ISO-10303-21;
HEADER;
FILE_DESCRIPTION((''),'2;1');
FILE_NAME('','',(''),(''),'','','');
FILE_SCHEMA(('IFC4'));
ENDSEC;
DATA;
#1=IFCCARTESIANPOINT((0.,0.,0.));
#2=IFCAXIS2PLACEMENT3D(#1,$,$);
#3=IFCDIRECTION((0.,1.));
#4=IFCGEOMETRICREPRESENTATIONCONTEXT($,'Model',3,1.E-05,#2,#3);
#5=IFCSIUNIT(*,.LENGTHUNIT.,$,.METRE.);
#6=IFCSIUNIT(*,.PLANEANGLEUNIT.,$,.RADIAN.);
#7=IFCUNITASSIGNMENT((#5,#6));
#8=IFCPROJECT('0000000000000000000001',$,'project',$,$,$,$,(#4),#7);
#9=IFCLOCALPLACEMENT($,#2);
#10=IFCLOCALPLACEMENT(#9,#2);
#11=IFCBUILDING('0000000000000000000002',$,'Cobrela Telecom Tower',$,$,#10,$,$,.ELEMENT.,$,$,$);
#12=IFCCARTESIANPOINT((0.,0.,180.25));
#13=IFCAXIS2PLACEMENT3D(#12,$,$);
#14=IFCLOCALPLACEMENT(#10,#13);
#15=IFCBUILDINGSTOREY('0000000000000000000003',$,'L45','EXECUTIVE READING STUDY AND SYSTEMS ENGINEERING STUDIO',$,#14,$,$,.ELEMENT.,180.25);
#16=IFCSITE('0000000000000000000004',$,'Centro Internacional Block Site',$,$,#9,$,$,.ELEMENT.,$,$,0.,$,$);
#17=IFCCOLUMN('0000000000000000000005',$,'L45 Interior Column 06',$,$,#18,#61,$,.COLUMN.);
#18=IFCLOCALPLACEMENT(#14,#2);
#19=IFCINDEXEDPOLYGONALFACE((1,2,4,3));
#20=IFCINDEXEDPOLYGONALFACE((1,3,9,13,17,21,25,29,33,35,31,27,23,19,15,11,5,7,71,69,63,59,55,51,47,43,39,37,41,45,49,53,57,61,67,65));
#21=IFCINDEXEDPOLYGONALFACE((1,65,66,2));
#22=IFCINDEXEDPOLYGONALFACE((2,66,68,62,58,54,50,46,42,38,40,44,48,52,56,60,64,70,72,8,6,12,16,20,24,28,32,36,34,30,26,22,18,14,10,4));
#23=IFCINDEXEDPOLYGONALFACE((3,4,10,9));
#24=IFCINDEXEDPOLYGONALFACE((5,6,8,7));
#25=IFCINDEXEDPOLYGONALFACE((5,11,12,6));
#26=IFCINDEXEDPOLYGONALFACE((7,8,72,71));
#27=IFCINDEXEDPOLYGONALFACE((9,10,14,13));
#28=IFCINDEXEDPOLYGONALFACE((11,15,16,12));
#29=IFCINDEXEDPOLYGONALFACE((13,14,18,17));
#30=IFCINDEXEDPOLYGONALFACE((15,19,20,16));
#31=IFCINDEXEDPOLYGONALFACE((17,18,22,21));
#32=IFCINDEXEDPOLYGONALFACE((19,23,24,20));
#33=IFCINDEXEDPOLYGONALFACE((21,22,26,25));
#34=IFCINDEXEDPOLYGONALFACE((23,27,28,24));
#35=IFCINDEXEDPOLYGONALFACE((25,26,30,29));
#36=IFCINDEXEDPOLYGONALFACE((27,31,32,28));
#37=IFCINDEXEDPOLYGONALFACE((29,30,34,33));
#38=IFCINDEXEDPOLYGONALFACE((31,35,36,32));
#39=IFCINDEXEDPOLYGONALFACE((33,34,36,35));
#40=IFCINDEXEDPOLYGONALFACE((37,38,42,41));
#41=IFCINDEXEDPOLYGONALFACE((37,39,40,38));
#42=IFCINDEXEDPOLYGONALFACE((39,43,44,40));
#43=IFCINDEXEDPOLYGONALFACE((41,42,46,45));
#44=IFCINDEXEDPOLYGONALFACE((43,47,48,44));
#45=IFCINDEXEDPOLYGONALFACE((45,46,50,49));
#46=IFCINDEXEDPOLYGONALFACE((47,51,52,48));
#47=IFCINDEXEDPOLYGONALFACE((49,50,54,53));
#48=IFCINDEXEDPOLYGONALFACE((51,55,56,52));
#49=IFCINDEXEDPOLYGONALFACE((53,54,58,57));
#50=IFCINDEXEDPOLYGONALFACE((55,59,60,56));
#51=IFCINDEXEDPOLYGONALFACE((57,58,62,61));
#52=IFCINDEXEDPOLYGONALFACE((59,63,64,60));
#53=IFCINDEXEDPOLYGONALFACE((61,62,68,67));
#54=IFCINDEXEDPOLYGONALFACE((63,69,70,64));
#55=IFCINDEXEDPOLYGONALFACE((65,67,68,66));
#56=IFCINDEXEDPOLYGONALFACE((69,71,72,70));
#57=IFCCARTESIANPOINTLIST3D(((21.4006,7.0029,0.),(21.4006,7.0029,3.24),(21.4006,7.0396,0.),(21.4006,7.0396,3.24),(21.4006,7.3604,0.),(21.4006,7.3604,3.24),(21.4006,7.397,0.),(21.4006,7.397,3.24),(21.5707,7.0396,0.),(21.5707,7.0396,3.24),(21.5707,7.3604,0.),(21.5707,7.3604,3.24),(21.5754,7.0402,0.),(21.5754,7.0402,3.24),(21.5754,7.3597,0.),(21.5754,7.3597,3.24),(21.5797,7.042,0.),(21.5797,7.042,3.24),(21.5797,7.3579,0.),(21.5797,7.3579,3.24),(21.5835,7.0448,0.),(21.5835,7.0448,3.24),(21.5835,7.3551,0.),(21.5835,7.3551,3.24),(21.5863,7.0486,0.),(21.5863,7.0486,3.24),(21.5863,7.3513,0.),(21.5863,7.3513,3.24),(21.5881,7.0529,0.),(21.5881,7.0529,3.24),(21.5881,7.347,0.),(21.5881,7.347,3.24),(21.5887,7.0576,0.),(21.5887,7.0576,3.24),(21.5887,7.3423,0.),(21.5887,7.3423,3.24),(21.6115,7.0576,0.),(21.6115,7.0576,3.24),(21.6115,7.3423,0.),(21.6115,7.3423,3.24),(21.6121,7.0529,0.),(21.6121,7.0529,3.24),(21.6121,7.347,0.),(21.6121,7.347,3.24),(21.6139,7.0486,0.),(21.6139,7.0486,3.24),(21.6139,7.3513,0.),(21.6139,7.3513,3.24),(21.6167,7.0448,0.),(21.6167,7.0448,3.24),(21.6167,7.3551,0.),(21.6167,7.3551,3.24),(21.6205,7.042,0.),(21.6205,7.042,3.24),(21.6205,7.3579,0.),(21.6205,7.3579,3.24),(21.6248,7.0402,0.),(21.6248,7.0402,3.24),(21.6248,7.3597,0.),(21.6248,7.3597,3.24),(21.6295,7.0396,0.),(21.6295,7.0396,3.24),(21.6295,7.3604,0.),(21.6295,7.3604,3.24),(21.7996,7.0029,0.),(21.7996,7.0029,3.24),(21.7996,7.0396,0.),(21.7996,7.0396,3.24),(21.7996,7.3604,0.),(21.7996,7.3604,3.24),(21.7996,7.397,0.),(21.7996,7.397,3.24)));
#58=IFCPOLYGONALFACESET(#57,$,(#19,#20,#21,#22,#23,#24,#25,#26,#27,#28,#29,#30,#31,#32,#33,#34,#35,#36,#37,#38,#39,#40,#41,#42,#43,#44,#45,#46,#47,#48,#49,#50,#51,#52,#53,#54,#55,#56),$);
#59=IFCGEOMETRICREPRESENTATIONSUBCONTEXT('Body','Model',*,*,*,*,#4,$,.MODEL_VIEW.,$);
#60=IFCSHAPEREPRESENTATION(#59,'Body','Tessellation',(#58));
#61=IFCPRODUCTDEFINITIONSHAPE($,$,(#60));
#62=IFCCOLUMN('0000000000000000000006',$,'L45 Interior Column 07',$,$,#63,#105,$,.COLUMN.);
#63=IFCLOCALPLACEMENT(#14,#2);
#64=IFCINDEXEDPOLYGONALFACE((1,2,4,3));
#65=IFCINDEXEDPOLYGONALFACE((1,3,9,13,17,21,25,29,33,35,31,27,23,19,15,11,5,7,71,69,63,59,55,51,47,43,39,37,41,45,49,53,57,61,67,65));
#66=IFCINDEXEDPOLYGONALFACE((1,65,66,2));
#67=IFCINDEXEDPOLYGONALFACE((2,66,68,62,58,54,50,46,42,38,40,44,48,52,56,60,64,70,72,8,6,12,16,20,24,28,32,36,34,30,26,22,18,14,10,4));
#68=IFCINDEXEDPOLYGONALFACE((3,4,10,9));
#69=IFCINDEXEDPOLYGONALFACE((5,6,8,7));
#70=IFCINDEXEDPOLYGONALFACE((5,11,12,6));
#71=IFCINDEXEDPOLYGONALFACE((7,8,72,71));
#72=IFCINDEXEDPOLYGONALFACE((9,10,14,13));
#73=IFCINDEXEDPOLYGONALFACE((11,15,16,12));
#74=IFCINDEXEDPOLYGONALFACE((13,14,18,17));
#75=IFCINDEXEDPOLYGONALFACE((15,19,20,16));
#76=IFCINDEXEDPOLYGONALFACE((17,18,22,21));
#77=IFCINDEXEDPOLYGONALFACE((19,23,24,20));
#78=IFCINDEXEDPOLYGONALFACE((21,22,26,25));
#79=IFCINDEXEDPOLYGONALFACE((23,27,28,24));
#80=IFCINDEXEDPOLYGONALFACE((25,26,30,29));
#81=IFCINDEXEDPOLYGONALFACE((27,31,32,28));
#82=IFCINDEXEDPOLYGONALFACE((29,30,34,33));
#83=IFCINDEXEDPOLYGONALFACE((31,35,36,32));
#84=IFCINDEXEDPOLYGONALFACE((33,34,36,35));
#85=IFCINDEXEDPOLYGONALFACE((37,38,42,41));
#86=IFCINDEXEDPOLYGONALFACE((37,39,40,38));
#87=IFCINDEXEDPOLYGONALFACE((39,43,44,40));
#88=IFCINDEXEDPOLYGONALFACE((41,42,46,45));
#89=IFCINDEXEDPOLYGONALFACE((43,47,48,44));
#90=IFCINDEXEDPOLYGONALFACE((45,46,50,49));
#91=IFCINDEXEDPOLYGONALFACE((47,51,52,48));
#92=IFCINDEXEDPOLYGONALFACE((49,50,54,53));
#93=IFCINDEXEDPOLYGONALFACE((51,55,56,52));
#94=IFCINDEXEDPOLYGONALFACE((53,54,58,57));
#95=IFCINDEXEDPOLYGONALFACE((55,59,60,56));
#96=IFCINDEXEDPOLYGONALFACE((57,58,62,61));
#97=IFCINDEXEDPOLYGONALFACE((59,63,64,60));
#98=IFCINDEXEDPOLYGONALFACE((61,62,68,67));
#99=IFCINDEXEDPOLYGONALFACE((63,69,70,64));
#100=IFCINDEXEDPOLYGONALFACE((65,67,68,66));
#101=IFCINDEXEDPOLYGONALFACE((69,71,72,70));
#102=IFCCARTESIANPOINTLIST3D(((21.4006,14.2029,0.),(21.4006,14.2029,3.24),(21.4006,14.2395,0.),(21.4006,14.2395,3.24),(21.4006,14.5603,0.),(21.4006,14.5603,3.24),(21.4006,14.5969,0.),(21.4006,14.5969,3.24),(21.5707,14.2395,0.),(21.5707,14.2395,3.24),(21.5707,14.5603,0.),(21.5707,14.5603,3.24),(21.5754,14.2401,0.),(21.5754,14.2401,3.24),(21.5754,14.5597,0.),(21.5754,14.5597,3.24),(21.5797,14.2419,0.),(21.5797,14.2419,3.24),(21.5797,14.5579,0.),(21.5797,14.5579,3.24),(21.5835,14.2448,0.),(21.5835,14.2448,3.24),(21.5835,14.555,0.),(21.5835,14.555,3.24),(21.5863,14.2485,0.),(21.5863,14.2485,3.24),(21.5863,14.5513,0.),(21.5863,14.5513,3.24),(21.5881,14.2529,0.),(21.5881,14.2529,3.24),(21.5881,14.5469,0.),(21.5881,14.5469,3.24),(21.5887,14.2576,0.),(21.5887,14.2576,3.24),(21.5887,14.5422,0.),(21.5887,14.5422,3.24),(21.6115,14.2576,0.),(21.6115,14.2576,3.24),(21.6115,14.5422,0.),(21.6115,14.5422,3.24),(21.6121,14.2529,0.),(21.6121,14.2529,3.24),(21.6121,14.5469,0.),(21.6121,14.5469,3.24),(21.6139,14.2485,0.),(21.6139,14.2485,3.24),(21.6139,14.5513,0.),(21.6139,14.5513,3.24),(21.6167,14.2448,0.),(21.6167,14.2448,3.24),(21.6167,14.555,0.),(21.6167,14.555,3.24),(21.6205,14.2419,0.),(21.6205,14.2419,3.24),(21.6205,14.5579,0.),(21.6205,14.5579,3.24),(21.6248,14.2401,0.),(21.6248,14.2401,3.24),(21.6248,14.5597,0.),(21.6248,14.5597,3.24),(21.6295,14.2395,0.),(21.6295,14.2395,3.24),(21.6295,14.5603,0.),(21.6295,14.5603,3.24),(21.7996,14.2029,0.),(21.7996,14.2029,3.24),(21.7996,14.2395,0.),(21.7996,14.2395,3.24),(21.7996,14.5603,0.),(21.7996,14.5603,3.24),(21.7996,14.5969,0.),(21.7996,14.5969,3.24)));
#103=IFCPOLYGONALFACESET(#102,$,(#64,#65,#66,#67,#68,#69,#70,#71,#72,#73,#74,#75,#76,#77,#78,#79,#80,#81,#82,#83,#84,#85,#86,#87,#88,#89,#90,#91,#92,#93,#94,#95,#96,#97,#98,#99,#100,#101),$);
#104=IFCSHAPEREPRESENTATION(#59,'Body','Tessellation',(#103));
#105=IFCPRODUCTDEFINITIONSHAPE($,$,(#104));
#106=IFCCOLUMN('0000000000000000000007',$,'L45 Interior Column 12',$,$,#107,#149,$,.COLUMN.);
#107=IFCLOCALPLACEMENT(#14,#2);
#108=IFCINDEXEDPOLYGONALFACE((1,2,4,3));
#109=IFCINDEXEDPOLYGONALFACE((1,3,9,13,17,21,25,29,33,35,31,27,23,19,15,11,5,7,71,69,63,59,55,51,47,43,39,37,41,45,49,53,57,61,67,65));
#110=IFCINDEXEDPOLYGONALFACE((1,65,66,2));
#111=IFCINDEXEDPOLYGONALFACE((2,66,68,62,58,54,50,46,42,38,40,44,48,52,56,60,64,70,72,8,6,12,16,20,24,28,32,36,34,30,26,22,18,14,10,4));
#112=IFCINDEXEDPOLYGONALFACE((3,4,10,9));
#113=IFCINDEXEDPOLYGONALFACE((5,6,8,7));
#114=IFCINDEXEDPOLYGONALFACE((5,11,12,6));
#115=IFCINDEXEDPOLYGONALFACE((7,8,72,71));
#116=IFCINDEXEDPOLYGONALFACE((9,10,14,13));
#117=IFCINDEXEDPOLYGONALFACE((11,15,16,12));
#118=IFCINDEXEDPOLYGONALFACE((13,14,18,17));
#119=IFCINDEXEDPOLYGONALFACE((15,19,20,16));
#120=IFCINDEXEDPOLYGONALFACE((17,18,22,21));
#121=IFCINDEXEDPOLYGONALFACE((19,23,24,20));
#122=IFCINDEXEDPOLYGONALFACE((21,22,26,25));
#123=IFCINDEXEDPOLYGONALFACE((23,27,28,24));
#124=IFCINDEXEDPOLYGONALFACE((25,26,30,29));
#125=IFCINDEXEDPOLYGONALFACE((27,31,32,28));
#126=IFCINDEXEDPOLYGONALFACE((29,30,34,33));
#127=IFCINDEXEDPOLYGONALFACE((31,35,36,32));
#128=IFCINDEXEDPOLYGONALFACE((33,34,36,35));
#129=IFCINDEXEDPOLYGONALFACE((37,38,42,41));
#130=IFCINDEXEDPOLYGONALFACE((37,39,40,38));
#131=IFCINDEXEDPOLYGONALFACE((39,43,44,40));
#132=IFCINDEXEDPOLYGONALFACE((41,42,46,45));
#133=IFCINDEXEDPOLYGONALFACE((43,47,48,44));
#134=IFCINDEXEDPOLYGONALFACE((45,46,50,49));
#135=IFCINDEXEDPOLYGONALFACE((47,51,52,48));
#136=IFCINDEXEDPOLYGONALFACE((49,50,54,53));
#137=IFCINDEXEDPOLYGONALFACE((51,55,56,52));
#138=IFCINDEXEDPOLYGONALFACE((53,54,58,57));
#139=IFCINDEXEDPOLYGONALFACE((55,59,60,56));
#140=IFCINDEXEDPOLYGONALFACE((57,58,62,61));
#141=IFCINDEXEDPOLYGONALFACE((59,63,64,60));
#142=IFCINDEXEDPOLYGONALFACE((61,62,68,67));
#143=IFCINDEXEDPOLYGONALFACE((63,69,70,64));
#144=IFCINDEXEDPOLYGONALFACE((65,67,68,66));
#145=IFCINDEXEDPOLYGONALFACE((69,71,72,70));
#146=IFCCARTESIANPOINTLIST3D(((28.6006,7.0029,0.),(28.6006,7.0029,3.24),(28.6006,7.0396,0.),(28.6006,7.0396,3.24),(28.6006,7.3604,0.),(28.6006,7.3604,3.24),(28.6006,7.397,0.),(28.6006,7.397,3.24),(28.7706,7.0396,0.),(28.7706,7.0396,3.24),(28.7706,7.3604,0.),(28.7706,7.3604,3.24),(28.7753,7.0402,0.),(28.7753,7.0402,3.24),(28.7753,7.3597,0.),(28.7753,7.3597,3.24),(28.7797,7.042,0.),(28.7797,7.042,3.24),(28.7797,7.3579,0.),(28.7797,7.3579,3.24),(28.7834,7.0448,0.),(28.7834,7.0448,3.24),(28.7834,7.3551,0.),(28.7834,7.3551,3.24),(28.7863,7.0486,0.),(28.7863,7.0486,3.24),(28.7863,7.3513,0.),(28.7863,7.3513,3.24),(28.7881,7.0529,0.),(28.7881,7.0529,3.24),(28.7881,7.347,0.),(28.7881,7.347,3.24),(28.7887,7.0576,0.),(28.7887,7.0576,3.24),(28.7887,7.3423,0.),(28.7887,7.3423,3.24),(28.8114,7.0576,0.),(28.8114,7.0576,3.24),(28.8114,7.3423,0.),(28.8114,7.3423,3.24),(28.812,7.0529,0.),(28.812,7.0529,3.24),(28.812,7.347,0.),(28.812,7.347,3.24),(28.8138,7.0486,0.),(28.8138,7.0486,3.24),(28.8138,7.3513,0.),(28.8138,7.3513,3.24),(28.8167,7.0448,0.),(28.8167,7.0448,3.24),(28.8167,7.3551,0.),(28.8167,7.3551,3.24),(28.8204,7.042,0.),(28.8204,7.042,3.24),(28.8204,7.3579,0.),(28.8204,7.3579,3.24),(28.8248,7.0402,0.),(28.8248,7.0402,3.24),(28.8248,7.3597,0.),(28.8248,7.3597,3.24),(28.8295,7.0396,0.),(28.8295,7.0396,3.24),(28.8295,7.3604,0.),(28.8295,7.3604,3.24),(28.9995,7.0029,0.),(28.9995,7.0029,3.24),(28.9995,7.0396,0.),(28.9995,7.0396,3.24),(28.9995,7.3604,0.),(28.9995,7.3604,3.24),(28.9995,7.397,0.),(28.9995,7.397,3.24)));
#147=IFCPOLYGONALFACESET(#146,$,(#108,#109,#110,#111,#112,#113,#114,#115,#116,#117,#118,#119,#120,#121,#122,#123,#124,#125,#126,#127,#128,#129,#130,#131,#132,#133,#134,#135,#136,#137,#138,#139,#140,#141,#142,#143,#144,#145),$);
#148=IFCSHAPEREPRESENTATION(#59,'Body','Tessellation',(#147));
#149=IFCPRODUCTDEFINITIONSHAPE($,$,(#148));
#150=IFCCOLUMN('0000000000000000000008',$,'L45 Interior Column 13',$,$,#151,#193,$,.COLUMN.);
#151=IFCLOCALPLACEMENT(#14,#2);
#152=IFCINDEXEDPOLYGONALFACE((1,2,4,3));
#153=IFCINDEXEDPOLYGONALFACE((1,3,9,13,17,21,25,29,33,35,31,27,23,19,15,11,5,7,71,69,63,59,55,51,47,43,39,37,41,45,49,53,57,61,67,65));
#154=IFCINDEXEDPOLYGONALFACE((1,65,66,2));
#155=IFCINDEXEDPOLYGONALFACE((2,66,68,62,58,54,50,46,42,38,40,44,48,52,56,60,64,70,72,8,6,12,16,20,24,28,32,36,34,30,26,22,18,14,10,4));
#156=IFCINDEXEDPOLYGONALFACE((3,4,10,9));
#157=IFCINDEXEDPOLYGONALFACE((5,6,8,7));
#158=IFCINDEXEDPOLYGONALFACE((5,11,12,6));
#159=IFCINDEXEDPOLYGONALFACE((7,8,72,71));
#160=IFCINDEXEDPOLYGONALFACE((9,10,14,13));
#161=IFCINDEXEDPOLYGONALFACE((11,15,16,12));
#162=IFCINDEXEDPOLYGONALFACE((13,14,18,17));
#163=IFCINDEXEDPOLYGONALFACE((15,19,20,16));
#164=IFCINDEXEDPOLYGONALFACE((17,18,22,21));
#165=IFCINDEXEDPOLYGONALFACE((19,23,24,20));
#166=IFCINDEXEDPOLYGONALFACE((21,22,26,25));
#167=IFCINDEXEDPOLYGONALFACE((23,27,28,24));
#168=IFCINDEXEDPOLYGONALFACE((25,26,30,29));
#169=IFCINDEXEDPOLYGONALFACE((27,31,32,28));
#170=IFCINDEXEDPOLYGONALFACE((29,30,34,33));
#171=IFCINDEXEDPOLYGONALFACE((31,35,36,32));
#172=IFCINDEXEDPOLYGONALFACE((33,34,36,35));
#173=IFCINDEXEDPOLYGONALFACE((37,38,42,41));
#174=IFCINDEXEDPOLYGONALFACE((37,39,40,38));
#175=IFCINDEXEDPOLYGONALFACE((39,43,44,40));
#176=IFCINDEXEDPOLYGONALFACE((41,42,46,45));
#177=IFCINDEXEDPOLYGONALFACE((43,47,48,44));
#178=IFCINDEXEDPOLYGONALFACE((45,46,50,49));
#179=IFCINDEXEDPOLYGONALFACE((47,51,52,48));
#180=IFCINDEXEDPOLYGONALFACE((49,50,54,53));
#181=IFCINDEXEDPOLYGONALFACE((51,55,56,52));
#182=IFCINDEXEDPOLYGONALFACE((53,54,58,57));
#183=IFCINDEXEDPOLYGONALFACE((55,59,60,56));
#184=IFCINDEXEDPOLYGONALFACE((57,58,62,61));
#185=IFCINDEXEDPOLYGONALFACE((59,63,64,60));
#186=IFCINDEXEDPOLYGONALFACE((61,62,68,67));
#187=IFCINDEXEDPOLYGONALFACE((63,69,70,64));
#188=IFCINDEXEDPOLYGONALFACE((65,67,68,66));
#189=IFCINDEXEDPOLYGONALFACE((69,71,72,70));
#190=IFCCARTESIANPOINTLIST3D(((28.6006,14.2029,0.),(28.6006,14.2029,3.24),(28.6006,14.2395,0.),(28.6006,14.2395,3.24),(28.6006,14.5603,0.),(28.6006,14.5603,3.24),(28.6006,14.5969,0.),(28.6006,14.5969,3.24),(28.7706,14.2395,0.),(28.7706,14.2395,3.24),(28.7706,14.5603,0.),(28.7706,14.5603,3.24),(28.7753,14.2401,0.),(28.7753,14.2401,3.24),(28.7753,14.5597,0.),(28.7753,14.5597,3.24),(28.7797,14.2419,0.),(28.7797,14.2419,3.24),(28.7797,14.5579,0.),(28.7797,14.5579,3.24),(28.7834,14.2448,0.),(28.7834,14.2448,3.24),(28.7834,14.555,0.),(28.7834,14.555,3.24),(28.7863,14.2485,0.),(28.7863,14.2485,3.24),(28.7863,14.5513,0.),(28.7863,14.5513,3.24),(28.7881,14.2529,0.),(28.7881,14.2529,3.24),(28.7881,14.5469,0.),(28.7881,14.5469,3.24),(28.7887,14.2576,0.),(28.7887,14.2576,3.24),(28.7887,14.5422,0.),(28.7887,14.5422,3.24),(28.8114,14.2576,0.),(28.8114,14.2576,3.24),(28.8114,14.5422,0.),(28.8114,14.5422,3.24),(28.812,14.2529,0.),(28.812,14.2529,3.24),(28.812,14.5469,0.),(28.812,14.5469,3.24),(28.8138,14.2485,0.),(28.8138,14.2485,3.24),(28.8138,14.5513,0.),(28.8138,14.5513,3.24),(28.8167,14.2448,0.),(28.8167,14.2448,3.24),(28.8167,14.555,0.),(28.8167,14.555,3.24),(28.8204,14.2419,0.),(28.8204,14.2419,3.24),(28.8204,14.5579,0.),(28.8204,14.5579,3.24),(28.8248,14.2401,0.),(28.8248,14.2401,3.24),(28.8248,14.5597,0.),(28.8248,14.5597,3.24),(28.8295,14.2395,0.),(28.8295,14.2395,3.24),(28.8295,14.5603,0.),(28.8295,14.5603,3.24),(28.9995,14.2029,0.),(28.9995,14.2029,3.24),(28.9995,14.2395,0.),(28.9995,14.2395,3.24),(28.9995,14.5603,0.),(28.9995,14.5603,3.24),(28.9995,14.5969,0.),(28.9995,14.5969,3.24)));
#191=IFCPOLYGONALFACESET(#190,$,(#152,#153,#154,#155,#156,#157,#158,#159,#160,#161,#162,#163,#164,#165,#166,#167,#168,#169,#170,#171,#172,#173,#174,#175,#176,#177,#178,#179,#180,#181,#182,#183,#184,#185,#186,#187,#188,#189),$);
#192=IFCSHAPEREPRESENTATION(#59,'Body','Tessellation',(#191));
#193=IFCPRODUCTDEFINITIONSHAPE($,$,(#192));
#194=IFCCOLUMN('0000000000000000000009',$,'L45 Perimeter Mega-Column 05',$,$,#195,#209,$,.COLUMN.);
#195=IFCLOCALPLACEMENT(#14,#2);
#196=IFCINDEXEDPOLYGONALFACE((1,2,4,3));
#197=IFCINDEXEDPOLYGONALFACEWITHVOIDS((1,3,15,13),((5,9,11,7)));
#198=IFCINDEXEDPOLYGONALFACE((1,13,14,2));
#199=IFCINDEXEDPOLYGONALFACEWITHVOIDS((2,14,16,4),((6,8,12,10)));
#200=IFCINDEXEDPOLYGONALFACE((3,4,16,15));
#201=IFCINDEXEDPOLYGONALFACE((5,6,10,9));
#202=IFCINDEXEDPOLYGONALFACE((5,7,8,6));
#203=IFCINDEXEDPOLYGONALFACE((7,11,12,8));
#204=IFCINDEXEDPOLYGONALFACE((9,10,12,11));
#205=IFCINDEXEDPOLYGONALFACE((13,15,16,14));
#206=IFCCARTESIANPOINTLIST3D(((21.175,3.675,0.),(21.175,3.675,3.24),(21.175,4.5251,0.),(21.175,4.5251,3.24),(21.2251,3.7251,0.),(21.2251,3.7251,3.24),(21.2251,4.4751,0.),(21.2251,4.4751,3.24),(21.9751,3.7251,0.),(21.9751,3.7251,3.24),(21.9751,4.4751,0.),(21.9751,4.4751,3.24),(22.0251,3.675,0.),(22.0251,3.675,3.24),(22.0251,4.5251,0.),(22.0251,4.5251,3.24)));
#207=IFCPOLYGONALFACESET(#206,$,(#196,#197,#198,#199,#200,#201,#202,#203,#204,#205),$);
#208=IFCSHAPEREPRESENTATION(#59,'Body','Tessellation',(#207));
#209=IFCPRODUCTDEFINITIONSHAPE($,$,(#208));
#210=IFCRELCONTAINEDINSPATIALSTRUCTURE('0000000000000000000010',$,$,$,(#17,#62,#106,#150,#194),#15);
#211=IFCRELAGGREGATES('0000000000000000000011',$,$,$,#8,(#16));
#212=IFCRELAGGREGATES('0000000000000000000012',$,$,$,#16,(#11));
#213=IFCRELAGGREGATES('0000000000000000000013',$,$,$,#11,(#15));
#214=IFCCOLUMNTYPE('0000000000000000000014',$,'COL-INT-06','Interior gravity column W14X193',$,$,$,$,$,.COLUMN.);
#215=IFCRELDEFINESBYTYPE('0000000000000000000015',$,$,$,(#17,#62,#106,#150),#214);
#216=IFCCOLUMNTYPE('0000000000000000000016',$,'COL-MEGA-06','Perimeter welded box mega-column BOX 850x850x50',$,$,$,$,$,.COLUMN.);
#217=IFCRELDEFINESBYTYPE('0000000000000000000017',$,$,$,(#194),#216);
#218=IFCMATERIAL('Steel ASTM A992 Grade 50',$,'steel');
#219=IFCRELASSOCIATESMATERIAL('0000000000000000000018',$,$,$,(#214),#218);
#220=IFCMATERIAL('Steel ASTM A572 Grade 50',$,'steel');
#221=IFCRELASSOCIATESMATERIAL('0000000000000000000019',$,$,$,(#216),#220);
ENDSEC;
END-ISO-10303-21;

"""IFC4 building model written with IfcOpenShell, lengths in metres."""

from ifc_helpers import new_model, si_unit, direction, frame, origin, origin_2d, place, context, subcontext, project, spatial, hollow_rectangle, i_section, extrude, material, material_profile, profile_set, type_object, element, save


model = new_model("IFC4")

# Units and contexts
model_context = context("Model", 3, precision=1e-05, world=origin(), true_north=direction((0.0, 1.0)))
body_context = subcontext(model_context, "Body", "Model", "MODEL_VIEW")
ifc_project = project(units=[si_unit("LENGTHUNIT", "METRE"), si_unit("PLANEANGLEUNIT", "RADIAN")], contexts=[model_context])

# Site, building, storey
site_placement = place(None, origin())
site = spatial("IfcSite", under=ifc_project, at=site_placement, Name="Centro Internacional Block Site", CompositionType="ELEMENT", RefElevation=0.0)
building_placement = place(site_placement, origin())
building = spatial("IfcBuilding", under=site, at=building_placement, Name="Cobrela Telecom Tower", CompositionType="ELEMENT")
storey_placement = place(building_placement, frame((0.0, 0.0, 180.25)))
storey = spatial("IfcBuildingStorey", under=building, at=storey_placement, Name="L45", Description="EXECUTIVE READING STUDY AND SYSTEMS ENGINEERING STUDIO", CompositionType="ELEMENT", Elevation=180.25)

# Columns
ifc_material_1 = material(Name="Steel ASTM A992 Grade 50", Category="steel")
ifc_material_profile_1 = material_profile(ifc_material_1, i_section(OverallWidth=0.3989, OverallDepth=0.394, WebThickness=0.0227, FlangeThickness=0.0366, FilletRadius=0.0181, at=origin_2d()), Name="W14X193")
ifc_profile_set_1 = profile_set([ifc_material_profile_1], Name="Steel ASTM A992 Grade 50")
column_type_1 = type_object("IfcColumnType", Name="COL-INT-06", Description="Interior gravity column W14X193", PredefinedType="COLUMN", material=ifc_profile_set_1)
for number, where, z_axis, x_axis, name in (
    (1, (21.6001, 7.2, 0.0), (0.0, 0.0, 1.0), (1.0, 0.0, 0.0), "L45 Interior Column 06"),
    (2, (21.6001, 14.3999, 0.0), (0.0, 0.0, 1.0), (1.0, 0.0, 0.0), "L45 Interior Column 07"),
    (3, (28.8, 7.2, 0.0), (0.0, 0.0, 1.0), (1.0, 0.0, 0.0), "L45 Interior Column 12"),
    (4, (28.8, 14.3999, 0.0), (0.0, 0.0, 1.0), (1.0, 0.0, 0.0), "L45 Interior Column 13"),
):
    element("IfcColumn", number, at=place(storey_placement, frame(where, z_axis=z_axis, x_axis=x_axis)), inside=storey, type_object=column_type_1, Name=name, PredefinedType="COLUMN", context=body_context, shape_type="SweptSolid", body=[
        extrude(i_section(OverallWidth=0.3989, OverallDepth=0.394, WebThickness=0.0227, FlangeThickness=0.0366, FilletRadius=0.0181, at=origin_2d()), origin(), (0.0, 0.0, 1.0), 3.24),
    ])
ifc_material_2 = material(Name="Steel ASTM A572 Grade 50", Category="steel")
ifc_material_profile_2 = material_profile(ifc_material_2, hollow_rectangle(XDim=0.8501, YDim=0.8501, WallThickness=0.05, at=origin_2d()), Name="BOX 850x850x50")
ifc_profile_set_2 = profile_set([ifc_material_profile_2], Name="Steel ASTM A572 Grade 50")
column_type_2 = type_object("IfcColumnType", Name="COL-MEGA-06", Description="Perimeter welded box mega-column BOX 850x850x50", PredefinedType="COLUMN", material=ifc_profile_set_2)
for number, where, z_axis, x_axis, name in (
    (5, (21.6001, 4.1001, 0.0), (0.0, 0.0, 1.0), (1.0, 0.0, 0.0), "L45 Perimeter Mega-Column 05"),
):
    element("IfcColumn", number, at=place(storey_placement, frame(where, z_axis=z_axis, x_axis=x_axis)), inside=storey, type_object=column_type_2, Name=name, PredefinedType="COLUMN", context=body_context, shape_type="SweptSolid", body=[
        extrude(hollow_rectangle(XDim=0.8501, YDim=0.8501, WallThickness=0.05, at=origin_2d()), origin(), (0.0, 0.0, 1.0), 3.24),
    ])

save(model, "model.ifc")
